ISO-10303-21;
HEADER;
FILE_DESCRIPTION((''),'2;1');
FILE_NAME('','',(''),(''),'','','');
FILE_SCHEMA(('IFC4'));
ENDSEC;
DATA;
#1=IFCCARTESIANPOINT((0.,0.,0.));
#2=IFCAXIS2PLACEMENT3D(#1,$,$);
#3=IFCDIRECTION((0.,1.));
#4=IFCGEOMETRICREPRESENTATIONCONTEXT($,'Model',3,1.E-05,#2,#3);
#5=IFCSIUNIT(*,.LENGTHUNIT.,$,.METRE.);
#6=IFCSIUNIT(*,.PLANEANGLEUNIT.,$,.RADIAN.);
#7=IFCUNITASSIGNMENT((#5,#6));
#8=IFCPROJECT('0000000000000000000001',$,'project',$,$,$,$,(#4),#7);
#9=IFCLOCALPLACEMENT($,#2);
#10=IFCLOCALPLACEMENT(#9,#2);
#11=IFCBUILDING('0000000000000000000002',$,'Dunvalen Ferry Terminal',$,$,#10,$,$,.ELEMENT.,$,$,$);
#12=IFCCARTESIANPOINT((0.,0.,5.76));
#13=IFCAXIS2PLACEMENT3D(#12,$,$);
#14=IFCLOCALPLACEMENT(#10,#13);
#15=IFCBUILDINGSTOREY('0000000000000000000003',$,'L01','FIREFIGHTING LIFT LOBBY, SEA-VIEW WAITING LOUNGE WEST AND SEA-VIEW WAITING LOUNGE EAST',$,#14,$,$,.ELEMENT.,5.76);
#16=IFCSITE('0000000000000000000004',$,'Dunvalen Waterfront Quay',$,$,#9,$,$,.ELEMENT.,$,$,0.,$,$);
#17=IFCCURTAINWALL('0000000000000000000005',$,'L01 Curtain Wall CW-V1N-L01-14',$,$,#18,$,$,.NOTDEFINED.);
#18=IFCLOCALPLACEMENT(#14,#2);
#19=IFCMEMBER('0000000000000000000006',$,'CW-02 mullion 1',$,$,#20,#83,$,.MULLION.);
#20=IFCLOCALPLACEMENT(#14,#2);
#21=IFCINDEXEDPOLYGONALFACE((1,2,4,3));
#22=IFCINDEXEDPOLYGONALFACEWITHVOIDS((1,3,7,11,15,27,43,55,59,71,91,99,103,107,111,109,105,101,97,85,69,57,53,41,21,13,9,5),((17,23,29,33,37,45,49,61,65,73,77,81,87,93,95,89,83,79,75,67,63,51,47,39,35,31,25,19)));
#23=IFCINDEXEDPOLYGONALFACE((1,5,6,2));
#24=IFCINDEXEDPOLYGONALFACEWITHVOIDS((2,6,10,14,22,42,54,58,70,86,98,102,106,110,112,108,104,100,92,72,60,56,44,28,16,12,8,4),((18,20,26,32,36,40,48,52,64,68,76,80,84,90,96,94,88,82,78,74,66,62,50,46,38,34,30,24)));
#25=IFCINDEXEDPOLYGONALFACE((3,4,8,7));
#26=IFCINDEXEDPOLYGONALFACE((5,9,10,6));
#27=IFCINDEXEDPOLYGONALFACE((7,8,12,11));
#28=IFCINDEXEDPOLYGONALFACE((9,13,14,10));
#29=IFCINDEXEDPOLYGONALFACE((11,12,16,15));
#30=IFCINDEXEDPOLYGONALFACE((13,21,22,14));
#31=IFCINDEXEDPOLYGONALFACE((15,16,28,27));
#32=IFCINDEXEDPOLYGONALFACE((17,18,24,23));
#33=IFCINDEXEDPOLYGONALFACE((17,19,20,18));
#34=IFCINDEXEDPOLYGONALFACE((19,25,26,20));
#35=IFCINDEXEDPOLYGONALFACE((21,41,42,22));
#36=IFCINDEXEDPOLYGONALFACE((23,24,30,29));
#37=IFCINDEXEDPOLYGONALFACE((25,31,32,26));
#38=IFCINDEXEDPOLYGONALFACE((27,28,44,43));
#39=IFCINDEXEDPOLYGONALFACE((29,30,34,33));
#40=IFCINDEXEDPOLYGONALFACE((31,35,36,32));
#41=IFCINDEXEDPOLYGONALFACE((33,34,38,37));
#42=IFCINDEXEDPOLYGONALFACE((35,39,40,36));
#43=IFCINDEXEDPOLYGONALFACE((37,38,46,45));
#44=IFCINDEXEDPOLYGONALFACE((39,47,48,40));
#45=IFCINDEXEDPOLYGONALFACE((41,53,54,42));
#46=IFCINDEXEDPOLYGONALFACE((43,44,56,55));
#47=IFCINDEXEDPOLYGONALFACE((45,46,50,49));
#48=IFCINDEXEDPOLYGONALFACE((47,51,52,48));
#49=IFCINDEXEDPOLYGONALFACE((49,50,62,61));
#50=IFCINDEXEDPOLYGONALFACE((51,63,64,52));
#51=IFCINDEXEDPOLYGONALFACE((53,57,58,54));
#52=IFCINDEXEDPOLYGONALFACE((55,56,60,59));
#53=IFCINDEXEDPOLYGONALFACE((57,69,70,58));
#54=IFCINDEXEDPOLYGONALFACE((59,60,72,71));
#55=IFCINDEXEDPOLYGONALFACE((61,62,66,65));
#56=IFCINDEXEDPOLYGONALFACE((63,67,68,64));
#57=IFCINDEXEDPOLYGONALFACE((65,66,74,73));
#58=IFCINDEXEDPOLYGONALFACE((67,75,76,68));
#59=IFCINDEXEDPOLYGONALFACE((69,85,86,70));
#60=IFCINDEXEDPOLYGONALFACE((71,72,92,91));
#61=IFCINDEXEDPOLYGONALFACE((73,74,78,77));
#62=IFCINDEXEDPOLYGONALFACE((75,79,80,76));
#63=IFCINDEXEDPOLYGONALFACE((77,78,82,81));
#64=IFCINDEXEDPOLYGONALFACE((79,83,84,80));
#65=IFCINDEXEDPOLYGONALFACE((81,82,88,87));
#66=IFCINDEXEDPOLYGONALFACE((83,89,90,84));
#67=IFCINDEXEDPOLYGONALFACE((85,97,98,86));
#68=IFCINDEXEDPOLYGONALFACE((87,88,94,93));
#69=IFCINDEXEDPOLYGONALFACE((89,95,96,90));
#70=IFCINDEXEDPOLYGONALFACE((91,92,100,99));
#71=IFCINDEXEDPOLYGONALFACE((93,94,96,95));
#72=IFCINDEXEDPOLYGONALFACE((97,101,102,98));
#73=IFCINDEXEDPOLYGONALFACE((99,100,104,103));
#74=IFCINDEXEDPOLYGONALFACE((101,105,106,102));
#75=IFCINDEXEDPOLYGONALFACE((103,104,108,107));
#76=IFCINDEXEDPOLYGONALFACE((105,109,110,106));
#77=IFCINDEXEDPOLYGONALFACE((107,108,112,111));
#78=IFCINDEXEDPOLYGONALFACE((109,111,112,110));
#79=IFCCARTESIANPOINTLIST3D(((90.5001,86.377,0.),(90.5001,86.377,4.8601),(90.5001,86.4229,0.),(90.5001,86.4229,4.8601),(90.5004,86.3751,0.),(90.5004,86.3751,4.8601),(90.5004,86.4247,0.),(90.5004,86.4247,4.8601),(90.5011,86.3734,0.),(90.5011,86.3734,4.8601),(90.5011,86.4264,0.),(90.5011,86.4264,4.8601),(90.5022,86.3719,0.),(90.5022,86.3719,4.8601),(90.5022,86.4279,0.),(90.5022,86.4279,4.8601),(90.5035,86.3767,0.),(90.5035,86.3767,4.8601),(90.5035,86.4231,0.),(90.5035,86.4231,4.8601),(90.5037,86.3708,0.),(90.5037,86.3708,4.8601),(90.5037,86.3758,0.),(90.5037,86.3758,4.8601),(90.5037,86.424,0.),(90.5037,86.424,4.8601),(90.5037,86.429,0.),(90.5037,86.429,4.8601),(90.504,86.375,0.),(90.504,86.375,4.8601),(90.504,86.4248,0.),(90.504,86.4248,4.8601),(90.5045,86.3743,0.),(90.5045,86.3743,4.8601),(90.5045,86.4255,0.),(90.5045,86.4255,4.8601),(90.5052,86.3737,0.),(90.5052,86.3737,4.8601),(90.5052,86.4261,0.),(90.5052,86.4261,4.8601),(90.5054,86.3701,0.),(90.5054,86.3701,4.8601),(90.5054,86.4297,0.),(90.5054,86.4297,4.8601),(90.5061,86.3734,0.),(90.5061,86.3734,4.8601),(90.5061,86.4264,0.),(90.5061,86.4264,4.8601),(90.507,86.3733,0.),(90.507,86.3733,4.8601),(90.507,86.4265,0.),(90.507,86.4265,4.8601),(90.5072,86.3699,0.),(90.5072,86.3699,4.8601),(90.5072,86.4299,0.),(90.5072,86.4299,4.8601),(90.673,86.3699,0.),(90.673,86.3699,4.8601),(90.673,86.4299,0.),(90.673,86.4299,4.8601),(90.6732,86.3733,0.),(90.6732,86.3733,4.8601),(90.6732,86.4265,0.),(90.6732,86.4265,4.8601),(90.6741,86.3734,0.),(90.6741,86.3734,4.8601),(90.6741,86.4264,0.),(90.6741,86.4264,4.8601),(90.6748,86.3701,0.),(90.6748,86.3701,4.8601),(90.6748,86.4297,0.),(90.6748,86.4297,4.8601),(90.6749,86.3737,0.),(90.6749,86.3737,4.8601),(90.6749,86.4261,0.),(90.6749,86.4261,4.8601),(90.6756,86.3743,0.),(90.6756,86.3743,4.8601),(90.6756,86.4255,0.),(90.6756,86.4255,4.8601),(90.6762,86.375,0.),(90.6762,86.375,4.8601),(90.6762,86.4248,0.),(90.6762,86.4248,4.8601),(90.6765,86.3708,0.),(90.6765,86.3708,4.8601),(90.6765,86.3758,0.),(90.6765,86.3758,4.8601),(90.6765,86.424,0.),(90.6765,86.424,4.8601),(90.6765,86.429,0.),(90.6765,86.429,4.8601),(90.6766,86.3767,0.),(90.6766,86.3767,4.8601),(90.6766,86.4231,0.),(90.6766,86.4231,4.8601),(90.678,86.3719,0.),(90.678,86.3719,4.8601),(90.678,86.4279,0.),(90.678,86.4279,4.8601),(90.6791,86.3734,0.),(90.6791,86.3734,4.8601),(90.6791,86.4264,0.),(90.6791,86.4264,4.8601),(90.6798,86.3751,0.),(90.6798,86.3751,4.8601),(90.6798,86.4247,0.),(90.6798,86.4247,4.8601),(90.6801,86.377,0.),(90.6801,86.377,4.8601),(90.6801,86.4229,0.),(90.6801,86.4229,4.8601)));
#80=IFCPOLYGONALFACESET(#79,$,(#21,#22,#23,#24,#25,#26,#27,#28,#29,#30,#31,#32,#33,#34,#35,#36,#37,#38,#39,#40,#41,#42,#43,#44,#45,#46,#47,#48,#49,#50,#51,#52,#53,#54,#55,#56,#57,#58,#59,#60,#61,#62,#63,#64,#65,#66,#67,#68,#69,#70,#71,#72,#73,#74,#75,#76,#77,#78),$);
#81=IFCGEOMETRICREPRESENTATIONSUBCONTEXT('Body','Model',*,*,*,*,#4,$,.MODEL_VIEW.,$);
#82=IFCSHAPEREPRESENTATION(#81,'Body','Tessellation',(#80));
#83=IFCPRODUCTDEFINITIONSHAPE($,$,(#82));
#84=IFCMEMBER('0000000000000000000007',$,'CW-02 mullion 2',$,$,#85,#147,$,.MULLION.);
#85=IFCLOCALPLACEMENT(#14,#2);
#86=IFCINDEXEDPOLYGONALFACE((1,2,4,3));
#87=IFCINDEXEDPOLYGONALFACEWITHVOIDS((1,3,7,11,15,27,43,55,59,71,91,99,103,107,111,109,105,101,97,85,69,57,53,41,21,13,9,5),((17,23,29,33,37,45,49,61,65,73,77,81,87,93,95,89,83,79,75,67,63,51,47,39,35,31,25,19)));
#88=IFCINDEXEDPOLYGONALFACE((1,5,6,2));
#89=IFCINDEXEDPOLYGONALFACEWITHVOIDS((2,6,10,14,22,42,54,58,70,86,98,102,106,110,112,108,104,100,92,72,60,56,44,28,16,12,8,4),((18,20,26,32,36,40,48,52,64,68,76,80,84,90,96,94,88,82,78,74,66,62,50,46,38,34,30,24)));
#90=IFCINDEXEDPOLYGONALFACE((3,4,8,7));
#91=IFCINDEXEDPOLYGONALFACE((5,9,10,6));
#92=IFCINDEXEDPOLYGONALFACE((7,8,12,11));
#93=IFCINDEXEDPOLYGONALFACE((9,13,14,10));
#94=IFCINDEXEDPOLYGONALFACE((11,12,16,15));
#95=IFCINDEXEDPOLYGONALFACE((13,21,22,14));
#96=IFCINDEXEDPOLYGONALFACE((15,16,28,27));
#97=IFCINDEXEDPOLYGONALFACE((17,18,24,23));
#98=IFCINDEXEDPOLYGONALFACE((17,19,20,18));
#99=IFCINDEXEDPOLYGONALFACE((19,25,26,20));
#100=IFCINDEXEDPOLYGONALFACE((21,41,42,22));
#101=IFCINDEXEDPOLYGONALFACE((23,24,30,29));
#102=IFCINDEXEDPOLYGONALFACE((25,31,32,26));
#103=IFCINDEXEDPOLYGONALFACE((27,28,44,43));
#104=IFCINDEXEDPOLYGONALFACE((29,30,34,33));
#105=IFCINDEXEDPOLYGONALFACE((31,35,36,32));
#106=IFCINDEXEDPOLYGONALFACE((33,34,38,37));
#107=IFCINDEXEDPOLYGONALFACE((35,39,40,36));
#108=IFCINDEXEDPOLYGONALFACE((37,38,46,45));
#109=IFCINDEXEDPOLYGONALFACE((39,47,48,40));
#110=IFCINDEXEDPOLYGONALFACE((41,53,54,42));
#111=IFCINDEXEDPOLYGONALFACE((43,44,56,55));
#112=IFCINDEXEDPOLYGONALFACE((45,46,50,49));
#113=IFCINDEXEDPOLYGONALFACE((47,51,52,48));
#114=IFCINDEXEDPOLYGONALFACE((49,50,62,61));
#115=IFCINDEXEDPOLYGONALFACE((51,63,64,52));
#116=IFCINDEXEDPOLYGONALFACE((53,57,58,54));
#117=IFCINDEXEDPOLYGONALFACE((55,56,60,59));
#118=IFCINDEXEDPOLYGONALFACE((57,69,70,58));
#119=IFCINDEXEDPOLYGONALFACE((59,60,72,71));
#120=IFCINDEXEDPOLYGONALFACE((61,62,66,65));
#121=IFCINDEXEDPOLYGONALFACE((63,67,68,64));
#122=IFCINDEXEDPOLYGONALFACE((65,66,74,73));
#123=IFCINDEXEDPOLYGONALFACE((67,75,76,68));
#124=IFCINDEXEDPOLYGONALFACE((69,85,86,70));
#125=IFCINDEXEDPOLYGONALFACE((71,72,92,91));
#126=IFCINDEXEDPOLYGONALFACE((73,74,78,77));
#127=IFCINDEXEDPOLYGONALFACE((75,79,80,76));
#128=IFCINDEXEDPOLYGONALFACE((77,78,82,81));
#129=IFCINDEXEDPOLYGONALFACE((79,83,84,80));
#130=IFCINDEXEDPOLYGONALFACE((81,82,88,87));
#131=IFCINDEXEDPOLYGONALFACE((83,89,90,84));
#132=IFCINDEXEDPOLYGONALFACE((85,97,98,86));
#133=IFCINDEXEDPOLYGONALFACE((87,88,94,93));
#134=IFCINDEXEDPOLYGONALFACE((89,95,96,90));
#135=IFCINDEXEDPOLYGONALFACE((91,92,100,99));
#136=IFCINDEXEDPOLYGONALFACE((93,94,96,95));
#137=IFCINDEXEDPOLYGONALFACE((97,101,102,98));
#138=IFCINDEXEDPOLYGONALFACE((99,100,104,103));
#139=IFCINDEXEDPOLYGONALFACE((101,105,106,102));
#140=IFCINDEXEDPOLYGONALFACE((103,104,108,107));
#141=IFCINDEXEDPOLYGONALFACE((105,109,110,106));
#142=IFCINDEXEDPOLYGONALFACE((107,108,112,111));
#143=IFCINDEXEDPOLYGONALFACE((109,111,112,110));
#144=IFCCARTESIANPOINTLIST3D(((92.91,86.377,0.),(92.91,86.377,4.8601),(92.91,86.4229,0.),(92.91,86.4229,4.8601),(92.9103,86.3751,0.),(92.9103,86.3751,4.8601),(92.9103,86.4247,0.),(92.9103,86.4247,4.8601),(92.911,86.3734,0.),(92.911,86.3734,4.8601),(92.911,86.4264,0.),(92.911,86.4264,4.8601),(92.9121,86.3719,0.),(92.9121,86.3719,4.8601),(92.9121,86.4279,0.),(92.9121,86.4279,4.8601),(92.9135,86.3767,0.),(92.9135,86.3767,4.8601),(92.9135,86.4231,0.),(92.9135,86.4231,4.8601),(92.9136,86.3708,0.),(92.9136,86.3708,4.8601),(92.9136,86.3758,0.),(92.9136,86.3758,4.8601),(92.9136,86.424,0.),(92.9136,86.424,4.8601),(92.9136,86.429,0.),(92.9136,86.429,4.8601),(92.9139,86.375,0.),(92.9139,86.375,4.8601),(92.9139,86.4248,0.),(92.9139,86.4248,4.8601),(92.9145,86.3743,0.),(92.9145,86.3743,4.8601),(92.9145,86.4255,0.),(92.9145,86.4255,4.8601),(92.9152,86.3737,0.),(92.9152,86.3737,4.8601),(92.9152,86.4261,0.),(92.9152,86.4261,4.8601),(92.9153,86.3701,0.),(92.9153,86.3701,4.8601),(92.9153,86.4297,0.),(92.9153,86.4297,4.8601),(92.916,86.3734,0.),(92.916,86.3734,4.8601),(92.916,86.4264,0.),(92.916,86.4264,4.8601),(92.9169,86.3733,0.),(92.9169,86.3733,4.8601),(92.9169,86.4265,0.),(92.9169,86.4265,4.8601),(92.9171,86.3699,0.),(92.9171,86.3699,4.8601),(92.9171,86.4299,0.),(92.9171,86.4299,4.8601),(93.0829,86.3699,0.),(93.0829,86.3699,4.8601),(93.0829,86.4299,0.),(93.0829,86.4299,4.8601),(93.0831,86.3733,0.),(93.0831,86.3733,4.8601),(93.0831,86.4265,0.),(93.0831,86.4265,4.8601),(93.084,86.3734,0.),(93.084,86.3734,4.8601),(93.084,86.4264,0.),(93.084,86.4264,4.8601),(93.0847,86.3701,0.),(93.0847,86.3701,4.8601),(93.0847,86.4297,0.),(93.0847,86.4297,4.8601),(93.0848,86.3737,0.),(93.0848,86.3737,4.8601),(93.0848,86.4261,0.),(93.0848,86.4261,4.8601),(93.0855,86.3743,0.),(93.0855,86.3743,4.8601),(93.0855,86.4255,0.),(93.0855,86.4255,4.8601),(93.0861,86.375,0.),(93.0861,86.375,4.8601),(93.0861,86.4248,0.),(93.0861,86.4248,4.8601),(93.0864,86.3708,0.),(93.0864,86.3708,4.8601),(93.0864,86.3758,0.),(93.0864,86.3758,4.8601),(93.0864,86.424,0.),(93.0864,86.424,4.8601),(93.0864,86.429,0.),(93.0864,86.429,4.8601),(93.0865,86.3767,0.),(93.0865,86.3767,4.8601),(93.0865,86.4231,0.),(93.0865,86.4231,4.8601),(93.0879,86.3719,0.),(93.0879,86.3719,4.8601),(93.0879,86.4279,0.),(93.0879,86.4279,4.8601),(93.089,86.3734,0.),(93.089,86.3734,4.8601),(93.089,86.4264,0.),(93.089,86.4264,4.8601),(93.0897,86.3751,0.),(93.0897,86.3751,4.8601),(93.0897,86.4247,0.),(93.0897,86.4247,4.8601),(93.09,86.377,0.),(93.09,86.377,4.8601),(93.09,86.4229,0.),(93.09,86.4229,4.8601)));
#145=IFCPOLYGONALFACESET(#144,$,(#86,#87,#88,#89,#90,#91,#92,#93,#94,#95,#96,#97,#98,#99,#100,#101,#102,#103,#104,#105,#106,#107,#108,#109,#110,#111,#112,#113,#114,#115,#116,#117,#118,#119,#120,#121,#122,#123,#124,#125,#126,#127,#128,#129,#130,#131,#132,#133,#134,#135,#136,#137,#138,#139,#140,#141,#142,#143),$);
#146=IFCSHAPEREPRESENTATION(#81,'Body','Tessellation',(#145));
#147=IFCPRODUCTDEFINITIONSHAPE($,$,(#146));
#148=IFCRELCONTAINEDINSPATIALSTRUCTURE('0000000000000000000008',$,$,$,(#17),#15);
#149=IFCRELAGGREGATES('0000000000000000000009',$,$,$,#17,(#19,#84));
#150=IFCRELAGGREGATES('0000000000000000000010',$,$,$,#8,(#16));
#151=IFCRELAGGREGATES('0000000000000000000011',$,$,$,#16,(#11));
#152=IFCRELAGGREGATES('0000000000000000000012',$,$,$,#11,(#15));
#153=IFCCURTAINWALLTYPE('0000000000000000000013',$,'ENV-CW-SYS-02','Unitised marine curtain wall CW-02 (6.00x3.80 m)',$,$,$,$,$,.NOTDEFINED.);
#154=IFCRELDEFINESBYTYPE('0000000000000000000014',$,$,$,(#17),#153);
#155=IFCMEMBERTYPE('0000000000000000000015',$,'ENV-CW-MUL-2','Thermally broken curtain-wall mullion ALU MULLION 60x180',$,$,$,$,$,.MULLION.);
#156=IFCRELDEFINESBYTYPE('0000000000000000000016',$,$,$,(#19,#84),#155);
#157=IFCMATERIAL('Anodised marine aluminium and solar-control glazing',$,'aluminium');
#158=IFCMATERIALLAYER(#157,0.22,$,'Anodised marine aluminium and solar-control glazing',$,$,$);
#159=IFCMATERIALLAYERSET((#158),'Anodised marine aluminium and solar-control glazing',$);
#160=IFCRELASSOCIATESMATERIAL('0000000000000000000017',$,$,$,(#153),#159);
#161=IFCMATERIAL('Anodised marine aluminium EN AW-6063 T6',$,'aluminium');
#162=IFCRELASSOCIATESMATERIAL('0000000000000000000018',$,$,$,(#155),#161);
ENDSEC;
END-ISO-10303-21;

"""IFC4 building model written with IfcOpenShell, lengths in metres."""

from ifc_helpers import new_model, si_unit, direction, frame, origin, origin_2d, place, context, subcontext, project, spatial, hollow_rectangle, extrude, material, layer, layer_set, material_profile, profile_set, type_object, element, aggregate, save


model = new_model("IFC4")

# Units and contexts
model_context = context("Model", 3, precision=1e-05, world=origin(), true_north=direction((0.0, 1.0)))
body_context = subcontext(model_context, "Body", "Model", "MODEL_VIEW")
ifc_project = project(units=[si_unit("LENGTHUNIT", "METRE"), si_unit("PLANEANGLEUNIT", "RADIAN")], contexts=[model_context])

# Site, building, storey
site_placement = place(None, origin())
site = spatial("IfcSite", under=ifc_project, at=site_placement, Name="Dunvalen Waterfront Quay", CompositionType="ELEMENT", RefElevation=0.0)
building_placement = place(site_placement, origin())
building = spatial("IfcBuilding", under=site, at=building_placement, Name="Dunvalen Ferry Terminal", CompositionType="ELEMENT")
storey_placement = place(building_placement, frame((0.0, 0.0, 5.76)))
storey = spatial("IfcBuildingStorey", under=building, at=storey_placement, Name="L01", Description="FIREFIGHTING LIFT LOBBY, SEA-VIEW WAITING LOUNGE WEST AND SEA-VIEW WAITING LOUNGE EAST", CompositionType="ELEMENT", Elevation=5.76)

# Curtain wall, members
ifc_material_1 = material(Name="Anodised marine aluminium and solar-control glazing", Category="aluminium")
ifc_layer_1 = layer(ifc_material_1, 0.22, Name="Anodised marine aluminium and solar-control glazing")
ifc_layer_set_1 = layer_set([ifc_layer_1], Name="Anodised marine aluminium and solar-control glazing")
curtain_wall_type_1 = type_object("IfcCurtainWallType", Name="ENV-CW-SYS-02", Description="Unitised marine curtain wall CW-02 (6.00x3.80 m)", PredefinedType="NOTDEFINED", material=ifc_layer_set_1)
ifc_material_2 = material(Name="Anodised marine aluminium EN AW-6063 T6", Category="aluminium")
ifc_material_profile_1 = material_profile(ifc_material_2, hollow_rectangle(XDim=0.0601, YDim=0.1799, WallThickness=0.0034, InnerFilletRadius=0.0034, OuterFilletRadius=0.0071, at=origin_2d()), Name="Anodised marine aluminium EN AW-6063 T6")
ifc_profile_set_1 = profile_set([ifc_material_profile_1], Name="Anodised marine aluminium EN AW-6063 T6")
member_type_1 = type_object("IfcMemberType", Name="ENV-CW-MUL-2", Description="Thermally broken curtain-wall mullion ALU MULLION 60x180", PredefinedType="MULLION", material=ifc_profile_set_1)
curtain_wall_1_placement = place(storey_placement, origin())
curtain_wall_1 = element("IfcCurtainWall", 1, at=curtain_wall_1_placement, inside=storey, type_object=curtain_wall_type_1, Name="L01 Curtain Wall CW-V1N-L01-14", PredefinedType="NOTDEFINED")
member_1_placement = place(storey_placement, frame((90.5901, 86.3999, 0.0), z_axis=(0.0, 0.0, 1.0), x_axis=(0.0, 1.0, 0.0)))
member_1 = element("IfcMember", 2, at=member_1_placement, type_object=member_type_1, Name="CW-02 mullion 1", PredefinedType="MULLION", context=body_context, shape_type="SweptSolid", body=[
    extrude(hollow_rectangle(XDim=0.0601, YDim=0.1799, WallThickness=0.0034, InnerFilletRadius=0.0034, OuterFilletRadius=0.0071, at=origin_2d()), origin(), (0.0, 0.0, 1.0), 4.8601),
])
member_2_placement = place(storey_placement, frame((93.0, 86.3999, 0.0), z_axis=(0.0, 0.0, 1.0), x_axis=(0.0, 1.0, 0.0)))
member_2 = element("IfcMember", 3, at=member_2_placement, type_object=member_type_1, Name="CW-02 mullion 2", PredefinedType="MULLION", context=body_context, shape_type="SweptSolid", body=[
    extrude(hollow_rectangle(XDim=0.0601, YDim=0.1799, WallThickness=0.0034, InnerFilletRadius=0.0034, OuterFilletRadius=0.0071, at=origin_2d()), origin(), (0.0, 0.0, 1.0), 4.8601),
])

aggregate(curtain_wall_1, [member_1, member_2])

save(model, "model.ifc")
